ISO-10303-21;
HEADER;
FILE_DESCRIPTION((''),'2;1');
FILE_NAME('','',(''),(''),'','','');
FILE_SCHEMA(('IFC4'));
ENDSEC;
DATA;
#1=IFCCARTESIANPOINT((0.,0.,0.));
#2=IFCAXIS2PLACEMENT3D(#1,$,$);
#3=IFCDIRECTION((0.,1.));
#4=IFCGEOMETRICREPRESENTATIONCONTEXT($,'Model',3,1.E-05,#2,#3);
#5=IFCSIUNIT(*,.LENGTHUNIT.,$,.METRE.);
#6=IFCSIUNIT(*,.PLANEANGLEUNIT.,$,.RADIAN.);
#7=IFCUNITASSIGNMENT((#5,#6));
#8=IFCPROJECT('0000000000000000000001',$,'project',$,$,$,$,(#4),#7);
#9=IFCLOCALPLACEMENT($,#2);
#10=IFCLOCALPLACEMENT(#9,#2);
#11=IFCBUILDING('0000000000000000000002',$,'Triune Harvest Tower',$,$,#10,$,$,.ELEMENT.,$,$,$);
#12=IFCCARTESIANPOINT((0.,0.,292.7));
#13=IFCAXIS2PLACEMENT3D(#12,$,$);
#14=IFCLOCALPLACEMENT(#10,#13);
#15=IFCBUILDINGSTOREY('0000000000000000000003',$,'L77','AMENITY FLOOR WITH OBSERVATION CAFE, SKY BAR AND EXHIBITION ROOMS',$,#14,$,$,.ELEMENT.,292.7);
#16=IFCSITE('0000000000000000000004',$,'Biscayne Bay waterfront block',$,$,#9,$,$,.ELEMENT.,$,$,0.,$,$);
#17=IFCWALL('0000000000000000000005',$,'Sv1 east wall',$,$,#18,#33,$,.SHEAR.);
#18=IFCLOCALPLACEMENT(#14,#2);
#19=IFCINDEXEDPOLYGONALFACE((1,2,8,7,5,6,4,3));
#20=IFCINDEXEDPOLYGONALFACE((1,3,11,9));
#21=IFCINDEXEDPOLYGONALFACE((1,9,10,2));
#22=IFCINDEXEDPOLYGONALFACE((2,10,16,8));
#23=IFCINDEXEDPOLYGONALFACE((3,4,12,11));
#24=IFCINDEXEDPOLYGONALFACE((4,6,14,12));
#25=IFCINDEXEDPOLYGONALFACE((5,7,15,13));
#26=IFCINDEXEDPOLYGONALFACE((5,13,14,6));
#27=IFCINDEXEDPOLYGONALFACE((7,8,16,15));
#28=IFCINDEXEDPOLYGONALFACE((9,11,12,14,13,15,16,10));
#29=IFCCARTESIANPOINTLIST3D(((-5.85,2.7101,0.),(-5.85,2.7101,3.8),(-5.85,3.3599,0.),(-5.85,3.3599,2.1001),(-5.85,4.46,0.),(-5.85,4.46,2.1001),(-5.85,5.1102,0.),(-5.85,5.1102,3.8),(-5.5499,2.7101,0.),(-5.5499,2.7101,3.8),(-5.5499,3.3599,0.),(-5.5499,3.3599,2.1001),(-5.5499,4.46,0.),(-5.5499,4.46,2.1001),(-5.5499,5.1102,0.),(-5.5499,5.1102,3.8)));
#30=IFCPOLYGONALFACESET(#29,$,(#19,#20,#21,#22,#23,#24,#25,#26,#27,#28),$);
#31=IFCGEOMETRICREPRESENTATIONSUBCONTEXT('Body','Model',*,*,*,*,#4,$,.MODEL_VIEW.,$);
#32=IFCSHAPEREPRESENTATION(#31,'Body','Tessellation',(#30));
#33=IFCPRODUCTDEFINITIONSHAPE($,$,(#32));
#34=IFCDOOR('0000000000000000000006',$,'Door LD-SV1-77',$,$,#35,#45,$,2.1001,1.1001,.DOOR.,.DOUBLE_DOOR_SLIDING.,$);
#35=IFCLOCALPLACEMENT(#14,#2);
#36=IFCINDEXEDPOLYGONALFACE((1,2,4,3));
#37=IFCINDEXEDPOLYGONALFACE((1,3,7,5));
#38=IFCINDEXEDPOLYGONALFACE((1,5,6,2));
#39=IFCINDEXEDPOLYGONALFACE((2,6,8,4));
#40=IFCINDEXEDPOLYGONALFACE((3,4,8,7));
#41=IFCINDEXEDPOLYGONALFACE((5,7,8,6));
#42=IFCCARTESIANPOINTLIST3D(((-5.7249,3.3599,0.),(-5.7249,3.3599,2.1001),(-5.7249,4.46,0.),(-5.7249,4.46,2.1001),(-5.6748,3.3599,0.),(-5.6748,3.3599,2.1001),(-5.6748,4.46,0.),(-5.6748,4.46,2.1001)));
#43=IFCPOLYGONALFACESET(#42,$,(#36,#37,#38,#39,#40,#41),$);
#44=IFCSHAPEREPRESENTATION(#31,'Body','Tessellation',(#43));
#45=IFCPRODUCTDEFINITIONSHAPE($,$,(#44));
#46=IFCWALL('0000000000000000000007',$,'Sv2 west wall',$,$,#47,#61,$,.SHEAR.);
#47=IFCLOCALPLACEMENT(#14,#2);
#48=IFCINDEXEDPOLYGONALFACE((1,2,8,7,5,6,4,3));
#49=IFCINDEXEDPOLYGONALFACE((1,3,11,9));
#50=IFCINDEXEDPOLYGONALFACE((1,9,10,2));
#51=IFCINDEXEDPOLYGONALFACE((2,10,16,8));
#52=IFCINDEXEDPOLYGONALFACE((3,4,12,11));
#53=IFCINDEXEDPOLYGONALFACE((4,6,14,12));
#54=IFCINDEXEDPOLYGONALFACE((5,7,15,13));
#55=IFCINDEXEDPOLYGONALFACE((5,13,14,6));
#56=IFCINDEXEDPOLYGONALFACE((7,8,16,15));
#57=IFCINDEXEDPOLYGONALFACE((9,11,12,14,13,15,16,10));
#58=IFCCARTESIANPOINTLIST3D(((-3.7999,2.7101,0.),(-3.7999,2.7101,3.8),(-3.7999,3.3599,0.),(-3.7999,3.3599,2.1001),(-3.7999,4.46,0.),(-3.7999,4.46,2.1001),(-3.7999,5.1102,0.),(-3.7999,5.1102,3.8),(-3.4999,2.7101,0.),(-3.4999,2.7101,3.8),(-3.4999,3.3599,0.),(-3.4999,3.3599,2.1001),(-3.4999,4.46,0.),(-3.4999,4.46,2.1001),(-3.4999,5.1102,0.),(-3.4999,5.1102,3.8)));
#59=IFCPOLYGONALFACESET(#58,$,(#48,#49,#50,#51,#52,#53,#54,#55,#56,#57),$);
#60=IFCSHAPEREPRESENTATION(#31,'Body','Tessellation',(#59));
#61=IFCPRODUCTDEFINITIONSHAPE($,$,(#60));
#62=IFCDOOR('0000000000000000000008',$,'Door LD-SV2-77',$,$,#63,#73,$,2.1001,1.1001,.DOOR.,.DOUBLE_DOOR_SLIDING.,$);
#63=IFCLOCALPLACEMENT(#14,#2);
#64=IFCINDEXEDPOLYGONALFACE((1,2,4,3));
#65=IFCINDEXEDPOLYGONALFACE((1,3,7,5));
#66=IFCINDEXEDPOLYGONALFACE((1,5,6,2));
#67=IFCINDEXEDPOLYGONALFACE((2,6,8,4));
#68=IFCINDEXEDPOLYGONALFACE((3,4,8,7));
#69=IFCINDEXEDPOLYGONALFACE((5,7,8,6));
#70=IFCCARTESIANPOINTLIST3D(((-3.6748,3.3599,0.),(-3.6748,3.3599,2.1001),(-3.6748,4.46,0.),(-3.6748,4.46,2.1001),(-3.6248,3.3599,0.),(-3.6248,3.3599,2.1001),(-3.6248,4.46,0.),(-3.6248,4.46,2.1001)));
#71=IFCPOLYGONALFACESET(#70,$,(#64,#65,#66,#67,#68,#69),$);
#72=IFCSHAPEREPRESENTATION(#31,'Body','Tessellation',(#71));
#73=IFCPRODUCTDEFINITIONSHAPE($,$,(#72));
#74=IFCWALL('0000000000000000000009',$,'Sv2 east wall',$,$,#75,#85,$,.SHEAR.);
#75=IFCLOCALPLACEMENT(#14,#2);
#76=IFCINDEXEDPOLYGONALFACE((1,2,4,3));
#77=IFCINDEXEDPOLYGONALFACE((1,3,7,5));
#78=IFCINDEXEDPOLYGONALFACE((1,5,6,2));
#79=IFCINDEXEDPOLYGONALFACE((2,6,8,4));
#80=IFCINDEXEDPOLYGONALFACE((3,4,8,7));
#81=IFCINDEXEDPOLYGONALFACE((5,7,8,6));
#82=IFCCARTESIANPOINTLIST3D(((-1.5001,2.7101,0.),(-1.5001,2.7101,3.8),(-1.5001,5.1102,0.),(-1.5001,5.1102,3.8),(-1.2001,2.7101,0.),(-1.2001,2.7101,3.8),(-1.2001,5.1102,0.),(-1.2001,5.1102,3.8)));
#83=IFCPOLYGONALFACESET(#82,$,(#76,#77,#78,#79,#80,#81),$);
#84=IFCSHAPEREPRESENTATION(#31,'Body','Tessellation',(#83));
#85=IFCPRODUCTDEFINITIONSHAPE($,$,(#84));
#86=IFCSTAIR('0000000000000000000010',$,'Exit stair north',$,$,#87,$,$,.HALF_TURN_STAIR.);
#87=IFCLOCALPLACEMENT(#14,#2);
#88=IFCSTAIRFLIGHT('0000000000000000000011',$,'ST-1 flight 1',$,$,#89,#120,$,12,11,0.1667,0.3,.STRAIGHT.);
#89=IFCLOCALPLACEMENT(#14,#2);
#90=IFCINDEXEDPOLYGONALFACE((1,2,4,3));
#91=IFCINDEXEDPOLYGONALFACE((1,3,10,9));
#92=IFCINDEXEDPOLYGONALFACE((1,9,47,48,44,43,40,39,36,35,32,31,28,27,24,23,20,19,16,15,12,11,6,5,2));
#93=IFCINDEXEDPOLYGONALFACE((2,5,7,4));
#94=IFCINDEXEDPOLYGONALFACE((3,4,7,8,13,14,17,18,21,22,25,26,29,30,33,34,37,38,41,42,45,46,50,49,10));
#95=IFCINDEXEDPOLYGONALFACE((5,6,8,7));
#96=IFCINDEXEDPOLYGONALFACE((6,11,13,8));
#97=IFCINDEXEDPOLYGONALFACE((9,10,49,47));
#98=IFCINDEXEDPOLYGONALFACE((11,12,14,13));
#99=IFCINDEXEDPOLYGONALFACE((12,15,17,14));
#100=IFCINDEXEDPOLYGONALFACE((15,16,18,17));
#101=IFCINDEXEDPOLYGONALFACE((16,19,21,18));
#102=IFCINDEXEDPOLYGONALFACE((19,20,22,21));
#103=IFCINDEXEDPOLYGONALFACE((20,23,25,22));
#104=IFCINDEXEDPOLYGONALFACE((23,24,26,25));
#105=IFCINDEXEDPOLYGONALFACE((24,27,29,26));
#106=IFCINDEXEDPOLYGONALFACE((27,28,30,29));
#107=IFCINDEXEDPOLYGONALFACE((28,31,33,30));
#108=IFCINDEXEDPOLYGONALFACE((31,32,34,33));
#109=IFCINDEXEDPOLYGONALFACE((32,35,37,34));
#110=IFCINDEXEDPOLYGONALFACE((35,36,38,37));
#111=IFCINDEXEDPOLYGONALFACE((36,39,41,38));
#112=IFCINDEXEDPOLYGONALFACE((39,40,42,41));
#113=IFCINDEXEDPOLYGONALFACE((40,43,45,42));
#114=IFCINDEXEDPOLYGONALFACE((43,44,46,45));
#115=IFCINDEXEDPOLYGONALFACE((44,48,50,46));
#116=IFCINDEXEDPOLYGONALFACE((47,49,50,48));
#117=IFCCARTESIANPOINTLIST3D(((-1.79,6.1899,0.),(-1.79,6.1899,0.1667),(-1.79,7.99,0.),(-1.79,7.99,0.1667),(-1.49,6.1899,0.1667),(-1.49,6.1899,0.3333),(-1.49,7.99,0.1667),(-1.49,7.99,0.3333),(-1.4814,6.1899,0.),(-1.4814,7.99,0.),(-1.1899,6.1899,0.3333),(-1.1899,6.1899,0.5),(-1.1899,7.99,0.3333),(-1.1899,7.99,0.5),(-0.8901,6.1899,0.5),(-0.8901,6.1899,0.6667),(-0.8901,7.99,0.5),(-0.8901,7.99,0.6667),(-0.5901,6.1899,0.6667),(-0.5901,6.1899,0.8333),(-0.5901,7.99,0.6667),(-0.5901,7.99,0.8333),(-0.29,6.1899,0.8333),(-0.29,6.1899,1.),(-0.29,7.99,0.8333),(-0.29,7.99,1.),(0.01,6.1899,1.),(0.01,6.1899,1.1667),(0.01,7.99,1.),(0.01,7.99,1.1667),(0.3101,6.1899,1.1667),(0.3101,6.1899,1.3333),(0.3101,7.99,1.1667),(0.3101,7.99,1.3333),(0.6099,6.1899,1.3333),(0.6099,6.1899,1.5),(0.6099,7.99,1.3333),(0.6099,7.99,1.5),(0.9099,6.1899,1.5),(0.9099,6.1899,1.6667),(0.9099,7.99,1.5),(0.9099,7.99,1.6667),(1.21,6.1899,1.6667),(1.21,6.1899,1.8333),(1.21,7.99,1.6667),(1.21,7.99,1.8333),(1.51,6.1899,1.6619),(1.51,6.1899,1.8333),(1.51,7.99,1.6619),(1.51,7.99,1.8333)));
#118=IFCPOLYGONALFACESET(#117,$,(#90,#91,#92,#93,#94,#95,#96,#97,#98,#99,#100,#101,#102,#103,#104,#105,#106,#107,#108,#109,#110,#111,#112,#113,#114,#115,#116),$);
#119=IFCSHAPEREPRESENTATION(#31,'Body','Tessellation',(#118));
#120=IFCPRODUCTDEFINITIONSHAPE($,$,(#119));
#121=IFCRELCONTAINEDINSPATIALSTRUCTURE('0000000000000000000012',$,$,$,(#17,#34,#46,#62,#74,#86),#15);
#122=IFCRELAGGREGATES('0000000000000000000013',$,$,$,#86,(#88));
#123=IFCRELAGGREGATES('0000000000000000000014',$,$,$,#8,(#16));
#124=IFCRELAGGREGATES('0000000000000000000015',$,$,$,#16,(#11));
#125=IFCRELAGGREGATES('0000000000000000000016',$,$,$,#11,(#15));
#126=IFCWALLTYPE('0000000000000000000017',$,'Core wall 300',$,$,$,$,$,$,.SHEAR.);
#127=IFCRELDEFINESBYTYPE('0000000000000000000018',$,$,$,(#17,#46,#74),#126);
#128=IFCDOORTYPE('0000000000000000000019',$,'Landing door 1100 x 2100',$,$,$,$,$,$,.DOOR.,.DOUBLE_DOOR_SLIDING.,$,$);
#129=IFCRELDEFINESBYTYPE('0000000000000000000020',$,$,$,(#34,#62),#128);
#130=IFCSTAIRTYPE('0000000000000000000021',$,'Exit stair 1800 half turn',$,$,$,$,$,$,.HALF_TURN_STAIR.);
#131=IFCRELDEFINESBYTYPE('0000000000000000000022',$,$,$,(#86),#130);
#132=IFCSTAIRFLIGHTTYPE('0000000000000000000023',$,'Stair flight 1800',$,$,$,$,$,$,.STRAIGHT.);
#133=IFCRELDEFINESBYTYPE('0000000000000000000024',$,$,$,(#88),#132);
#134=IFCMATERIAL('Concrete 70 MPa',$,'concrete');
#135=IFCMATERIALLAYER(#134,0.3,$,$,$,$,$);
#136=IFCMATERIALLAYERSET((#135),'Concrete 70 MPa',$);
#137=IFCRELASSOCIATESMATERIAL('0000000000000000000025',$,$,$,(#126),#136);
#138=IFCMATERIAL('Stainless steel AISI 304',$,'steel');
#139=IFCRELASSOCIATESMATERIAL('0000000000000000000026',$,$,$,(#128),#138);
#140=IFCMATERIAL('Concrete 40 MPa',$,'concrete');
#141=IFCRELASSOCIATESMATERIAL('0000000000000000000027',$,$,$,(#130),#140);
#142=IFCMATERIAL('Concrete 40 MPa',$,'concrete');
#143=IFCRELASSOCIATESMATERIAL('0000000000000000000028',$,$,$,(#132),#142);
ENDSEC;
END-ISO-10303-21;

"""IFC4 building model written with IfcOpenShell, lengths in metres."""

from ifc_helpers import new_model, si_unit, direction, frame, frame_2d, origin, place, context, subcontext, project, spatial, polyline, rectangle, outline, extrude, source, transform, mapped, material, layer, layer_set, type_object, element, fill, aggregate, save


model = new_model("IFC4")

# Units and contexts
model_context = context("Model", 3, precision=1e-05, world=origin(), true_north=direction((0.0, 1.0)))
body_context = subcontext(model_context, "Body", "Model", "MODEL_VIEW")
ifc_project = project(units=[si_unit("LENGTHUNIT", "METRE"), si_unit("PLANEANGLEUNIT", "RADIAN")], contexts=[model_context])

# Site, building, storey
site_placement = place(None, origin())
site = spatial("IfcSite", under=ifc_project, at=site_placement, Name="Biscayne Bay waterfront block", CompositionType="ELEMENT", RefElevation=0.0)
building_placement = place(site_placement, origin())
building = spatial("IfcBuilding", under=site, at=building_placement, Name="Triune Harvest Tower", CompositionType="ELEMENT")
storey_placement = place(building_placement, frame((0.0, 0.0, 292.7)))
storey = spatial("IfcBuildingStorey", under=building, at=storey_placement, Name="L77", Description="AMENITY FLOOR WITH OBSERVATION CAFE, SKY BAR AND EXHIBITION ROOMS", CompositionType="ELEMENT", Elevation=292.7)

# Shared definitions
ifc_material_1 = material(Name="Concrete 70 MPa", Category="concrete")
ifc_layer_1 = layer(ifc_material_1, 0.3)
ifc_layer_set_1 = layer_set([ifc_layer_1], Name="Concrete 70 MPa")
wall_type_1 = type_object("IfcWallType", Name="Core wall 300", PredefinedType="SHEAR", material=ifc_layer_set_1)

# Shared definitions
shared_shape_1 = source(origin(), body_context, "Body", "SweptSolid", [
    extrude(rectangle(XDim=2.4001, YDim=0.3, at=frame_2d((1.2002, 0.0))), origin(), (0.0, 0.0, 1.0), 3.8),
])

# Walls, openings, doors
wall_1_placement = place(storey_placement, frame((-5.7, 2.71, 0.0), z_axis=(0.0, 0.0, 1.0), x_axis=(0.0, 1.0, 0.0)))
wall_1 = element("IfcWall", 1, at=wall_1_placement, inside=storey, type_object=wall_type_1, Name="Sv1 east wall", PredefinedType="SHEAR", context=body_context, shape_type="MappedRepresentation", body=[
    mapped(shared_shape_1, transform((0.0, 0.0, 0.0), scale=1.0)),
])
opening_1_placement = place(wall_1_placement, frame((0.6499, 0.0, 0.0)))
opening_1 = element("IfcOpeningElement", 2, at=opening_1_placement, cuts=wall_1, PredefinedType="OPENING", context=body_context, shape_type="SweptSolid", body=[
    extrude(rectangle(XDim=1.1001, YDim=2.1001, at=frame_2d((0.55, 1.05))), frame((0.0, 0.1602, 0.0), z_axis=(0.0, -1.0, 0.0), x_axis=(1.0, 0.0, 0.0)), (0.0, 0.0, 1.0), 0.3201),
])
ifc_material_2 = material(Name="Stainless steel AISI 304", Category="steel")
door_type_1 = type_object("IfcDoorType", Name="Landing door 1100 x 2100", OperationType="DOUBLE_DOOR_SLIDING", PredefinedType="DOOR", material=ifc_material_2)
door_1_placement = place(opening_1_placement, origin())
door_1 = element("IfcDoor", 3, at=door_1_placement, inside=storey, type_object=door_type_1, Name="Door LD-SV1-77", OperationType="DOUBLE_DOOR_SLIDING", OverallHeight=2.1001, OverallWidth=1.1001, PredefinedType="DOOR", context=body_context, shape_type="SweptSolid", body=[
    extrude(rectangle(XDim=1.1001, YDim=2.1001, at=frame_2d((0.55, 1.05))), frame((0.0, 0.0249, 0.0), z_axis=(0.0, -1.0, 0.0), x_axis=(1.0, 0.0, 0.0)), (0.0, 0.0, 1.0), 0.05),
])
fill(opening_1, door_1)
wall_2_placement = place(storey_placement, frame((-3.6499, 2.71, 0.0), z_axis=(0.0, 0.0, 1.0), x_axis=(0.0, 1.0, 0.0)))
wall_2 = element("IfcWall", 4, at=wall_2_placement, inside=storey, type_object=wall_type_1, Name="Sv2 west wall", PredefinedType="SHEAR", context=body_context, shape_type="MappedRepresentation", body=[
    mapped(shared_shape_1, transform((0.0, 0.0, 0.0), scale=1.0)),
])
opening_2_placement = place(wall_2_placement, frame((0.6499, 0.0, 0.0)))
opening_2 = element("IfcOpeningElement", 5, at=opening_2_placement, cuts=wall_2, PredefinedType="OPENING", context=body_context, shape_type="SweptSolid", body=[
    extrude(rectangle(XDim=1.1001, YDim=2.1001, at=frame_2d((0.55, 1.05))), frame((0.0, 0.1602, 0.0), z_axis=(0.0, -1.0, 0.0), x_axis=(1.0, 0.0, 0.0)), (0.0, 0.0, 1.0), 0.3201),
])
door_2_placement = place(opening_2_placement, origin())
door_2 = element("IfcDoor", 6, at=door_2_placement, inside=storey, type_object=door_type_1, Name="Door LD-SV2-77", OperationType="DOUBLE_DOOR_SLIDING", OverallHeight=2.1001, OverallWidth=1.1001, PredefinedType="DOOR", context=body_context, shape_type="SweptSolid", body=[
    extrude(rectangle(XDim=1.1001, YDim=2.1001, at=frame_2d((0.55, 1.05))), frame((0.0, 0.0249, 0.0), z_axis=(0.0, -1.0, 0.0), x_axis=(1.0, 0.0, 0.0)), (0.0, 0.0, 1.0), 0.05),
])
fill(opening_2, door_2)

# Wall
wall_3_placement = place(storey_placement, frame((-1.3501, 2.71, 0.0), z_axis=(0.0, 0.0, 1.0), x_axis=(0.0, 1.0, 0.0)))
element("IfcWall", 7, at=wall_3_placement, inside=storey, type_object=wall_type_1, Name="Sv2 east wall", PredefinedType="SHEAR", context=body_context, shape_type="MappedRepresentation", body=[
    mapped(shared_shape_1, transform((0.0, 0.0, 0.0), scale=1.0)),
])

# Stair, stair flight
ifc_material_3 = material(Name="Concrete 40 MPa", Category="concrete")
stair_type = type_object("IfcStairType", Name="Exit stair 1800 half turn", PredefinedType="HALF_TURN_STAIR", material=ifc_material_3)
stair_placement = place(storey_placement, origin())
stair = element("IfcStair", 8, at=stair_placement, inside=storey, type_object=stair_type, Name="Exit stair north", PredefinedType="HALF_TURN_STAIR")
ifc_material_4 = material(Name="Concrete 40 MPa", Category="concrete")
stair_flight_type = type_object("IfcStairFlightType", Name="Stair flight 1800", PredefinedType="STRAIGHT", material=ifc_material_4)
shared_shape_2 = source(origin(), body_context, "Body", "SweptSolid", [
    extrude(outline(polyline([(0.0, 0.0), (0.0, 0.1667), (0.3, 0.1667), (0.3, 0.3333), (0.6001, 0.3333), (0.6001, 0.5), (0.8999, 0.5), (0.8999, 0.6667), (1.2, 0.6667), (1.2, 0.8333), (1.5, 0.8333), (1.5, 1.0), (1.8, 1.0), (1.8, 1.1667), (2.1001, 1.1667), (2.1001, 1.3333), (2.3999, 1.3333), (2.3999, 1.5), (2.7, 1.5), (2.7, 1.6667), (3.0, 1.6667), (3.0, 1.8333), (3.3, 1.8333), (3.3, 2.0), (3.3, 1.6619), (0.3086, 0.0), (0.0, 0.0)])), frame((0.0, 0.8999, 0.0), z_axis=(0.0, -1.0, 0.0), x_axis=(1.0, 0.0, 0.0)), (0.0, 0.0, 1.0), 1.8),
])
stair_flight_placement = place(storey_placement, frame((-1.79, 7.0901, 0.0), z_axis=(0.0, 0.0, 1.0), x_axis=(1.0, 0.0, 0.0)))
stair_flight = element("IfcStairFlight", 9, at=stair_flight_placement, type_object=stair_flight_type, Name="ST-1 flight 1", NumberOfRisers=12, NumberOfTreads=11, PredefinedType="STRAIGHT", RiserHeight=0.1667, TreadLength=0.3, context=body_context, shape_type="MappedRepresentation", body=[
    mapped(shared_shape_2, transform((0.0, 0.0, 0.0), scale=1.0)),
])
aggregate(stair, [stair_flight])

save(model, "model.ifc")
